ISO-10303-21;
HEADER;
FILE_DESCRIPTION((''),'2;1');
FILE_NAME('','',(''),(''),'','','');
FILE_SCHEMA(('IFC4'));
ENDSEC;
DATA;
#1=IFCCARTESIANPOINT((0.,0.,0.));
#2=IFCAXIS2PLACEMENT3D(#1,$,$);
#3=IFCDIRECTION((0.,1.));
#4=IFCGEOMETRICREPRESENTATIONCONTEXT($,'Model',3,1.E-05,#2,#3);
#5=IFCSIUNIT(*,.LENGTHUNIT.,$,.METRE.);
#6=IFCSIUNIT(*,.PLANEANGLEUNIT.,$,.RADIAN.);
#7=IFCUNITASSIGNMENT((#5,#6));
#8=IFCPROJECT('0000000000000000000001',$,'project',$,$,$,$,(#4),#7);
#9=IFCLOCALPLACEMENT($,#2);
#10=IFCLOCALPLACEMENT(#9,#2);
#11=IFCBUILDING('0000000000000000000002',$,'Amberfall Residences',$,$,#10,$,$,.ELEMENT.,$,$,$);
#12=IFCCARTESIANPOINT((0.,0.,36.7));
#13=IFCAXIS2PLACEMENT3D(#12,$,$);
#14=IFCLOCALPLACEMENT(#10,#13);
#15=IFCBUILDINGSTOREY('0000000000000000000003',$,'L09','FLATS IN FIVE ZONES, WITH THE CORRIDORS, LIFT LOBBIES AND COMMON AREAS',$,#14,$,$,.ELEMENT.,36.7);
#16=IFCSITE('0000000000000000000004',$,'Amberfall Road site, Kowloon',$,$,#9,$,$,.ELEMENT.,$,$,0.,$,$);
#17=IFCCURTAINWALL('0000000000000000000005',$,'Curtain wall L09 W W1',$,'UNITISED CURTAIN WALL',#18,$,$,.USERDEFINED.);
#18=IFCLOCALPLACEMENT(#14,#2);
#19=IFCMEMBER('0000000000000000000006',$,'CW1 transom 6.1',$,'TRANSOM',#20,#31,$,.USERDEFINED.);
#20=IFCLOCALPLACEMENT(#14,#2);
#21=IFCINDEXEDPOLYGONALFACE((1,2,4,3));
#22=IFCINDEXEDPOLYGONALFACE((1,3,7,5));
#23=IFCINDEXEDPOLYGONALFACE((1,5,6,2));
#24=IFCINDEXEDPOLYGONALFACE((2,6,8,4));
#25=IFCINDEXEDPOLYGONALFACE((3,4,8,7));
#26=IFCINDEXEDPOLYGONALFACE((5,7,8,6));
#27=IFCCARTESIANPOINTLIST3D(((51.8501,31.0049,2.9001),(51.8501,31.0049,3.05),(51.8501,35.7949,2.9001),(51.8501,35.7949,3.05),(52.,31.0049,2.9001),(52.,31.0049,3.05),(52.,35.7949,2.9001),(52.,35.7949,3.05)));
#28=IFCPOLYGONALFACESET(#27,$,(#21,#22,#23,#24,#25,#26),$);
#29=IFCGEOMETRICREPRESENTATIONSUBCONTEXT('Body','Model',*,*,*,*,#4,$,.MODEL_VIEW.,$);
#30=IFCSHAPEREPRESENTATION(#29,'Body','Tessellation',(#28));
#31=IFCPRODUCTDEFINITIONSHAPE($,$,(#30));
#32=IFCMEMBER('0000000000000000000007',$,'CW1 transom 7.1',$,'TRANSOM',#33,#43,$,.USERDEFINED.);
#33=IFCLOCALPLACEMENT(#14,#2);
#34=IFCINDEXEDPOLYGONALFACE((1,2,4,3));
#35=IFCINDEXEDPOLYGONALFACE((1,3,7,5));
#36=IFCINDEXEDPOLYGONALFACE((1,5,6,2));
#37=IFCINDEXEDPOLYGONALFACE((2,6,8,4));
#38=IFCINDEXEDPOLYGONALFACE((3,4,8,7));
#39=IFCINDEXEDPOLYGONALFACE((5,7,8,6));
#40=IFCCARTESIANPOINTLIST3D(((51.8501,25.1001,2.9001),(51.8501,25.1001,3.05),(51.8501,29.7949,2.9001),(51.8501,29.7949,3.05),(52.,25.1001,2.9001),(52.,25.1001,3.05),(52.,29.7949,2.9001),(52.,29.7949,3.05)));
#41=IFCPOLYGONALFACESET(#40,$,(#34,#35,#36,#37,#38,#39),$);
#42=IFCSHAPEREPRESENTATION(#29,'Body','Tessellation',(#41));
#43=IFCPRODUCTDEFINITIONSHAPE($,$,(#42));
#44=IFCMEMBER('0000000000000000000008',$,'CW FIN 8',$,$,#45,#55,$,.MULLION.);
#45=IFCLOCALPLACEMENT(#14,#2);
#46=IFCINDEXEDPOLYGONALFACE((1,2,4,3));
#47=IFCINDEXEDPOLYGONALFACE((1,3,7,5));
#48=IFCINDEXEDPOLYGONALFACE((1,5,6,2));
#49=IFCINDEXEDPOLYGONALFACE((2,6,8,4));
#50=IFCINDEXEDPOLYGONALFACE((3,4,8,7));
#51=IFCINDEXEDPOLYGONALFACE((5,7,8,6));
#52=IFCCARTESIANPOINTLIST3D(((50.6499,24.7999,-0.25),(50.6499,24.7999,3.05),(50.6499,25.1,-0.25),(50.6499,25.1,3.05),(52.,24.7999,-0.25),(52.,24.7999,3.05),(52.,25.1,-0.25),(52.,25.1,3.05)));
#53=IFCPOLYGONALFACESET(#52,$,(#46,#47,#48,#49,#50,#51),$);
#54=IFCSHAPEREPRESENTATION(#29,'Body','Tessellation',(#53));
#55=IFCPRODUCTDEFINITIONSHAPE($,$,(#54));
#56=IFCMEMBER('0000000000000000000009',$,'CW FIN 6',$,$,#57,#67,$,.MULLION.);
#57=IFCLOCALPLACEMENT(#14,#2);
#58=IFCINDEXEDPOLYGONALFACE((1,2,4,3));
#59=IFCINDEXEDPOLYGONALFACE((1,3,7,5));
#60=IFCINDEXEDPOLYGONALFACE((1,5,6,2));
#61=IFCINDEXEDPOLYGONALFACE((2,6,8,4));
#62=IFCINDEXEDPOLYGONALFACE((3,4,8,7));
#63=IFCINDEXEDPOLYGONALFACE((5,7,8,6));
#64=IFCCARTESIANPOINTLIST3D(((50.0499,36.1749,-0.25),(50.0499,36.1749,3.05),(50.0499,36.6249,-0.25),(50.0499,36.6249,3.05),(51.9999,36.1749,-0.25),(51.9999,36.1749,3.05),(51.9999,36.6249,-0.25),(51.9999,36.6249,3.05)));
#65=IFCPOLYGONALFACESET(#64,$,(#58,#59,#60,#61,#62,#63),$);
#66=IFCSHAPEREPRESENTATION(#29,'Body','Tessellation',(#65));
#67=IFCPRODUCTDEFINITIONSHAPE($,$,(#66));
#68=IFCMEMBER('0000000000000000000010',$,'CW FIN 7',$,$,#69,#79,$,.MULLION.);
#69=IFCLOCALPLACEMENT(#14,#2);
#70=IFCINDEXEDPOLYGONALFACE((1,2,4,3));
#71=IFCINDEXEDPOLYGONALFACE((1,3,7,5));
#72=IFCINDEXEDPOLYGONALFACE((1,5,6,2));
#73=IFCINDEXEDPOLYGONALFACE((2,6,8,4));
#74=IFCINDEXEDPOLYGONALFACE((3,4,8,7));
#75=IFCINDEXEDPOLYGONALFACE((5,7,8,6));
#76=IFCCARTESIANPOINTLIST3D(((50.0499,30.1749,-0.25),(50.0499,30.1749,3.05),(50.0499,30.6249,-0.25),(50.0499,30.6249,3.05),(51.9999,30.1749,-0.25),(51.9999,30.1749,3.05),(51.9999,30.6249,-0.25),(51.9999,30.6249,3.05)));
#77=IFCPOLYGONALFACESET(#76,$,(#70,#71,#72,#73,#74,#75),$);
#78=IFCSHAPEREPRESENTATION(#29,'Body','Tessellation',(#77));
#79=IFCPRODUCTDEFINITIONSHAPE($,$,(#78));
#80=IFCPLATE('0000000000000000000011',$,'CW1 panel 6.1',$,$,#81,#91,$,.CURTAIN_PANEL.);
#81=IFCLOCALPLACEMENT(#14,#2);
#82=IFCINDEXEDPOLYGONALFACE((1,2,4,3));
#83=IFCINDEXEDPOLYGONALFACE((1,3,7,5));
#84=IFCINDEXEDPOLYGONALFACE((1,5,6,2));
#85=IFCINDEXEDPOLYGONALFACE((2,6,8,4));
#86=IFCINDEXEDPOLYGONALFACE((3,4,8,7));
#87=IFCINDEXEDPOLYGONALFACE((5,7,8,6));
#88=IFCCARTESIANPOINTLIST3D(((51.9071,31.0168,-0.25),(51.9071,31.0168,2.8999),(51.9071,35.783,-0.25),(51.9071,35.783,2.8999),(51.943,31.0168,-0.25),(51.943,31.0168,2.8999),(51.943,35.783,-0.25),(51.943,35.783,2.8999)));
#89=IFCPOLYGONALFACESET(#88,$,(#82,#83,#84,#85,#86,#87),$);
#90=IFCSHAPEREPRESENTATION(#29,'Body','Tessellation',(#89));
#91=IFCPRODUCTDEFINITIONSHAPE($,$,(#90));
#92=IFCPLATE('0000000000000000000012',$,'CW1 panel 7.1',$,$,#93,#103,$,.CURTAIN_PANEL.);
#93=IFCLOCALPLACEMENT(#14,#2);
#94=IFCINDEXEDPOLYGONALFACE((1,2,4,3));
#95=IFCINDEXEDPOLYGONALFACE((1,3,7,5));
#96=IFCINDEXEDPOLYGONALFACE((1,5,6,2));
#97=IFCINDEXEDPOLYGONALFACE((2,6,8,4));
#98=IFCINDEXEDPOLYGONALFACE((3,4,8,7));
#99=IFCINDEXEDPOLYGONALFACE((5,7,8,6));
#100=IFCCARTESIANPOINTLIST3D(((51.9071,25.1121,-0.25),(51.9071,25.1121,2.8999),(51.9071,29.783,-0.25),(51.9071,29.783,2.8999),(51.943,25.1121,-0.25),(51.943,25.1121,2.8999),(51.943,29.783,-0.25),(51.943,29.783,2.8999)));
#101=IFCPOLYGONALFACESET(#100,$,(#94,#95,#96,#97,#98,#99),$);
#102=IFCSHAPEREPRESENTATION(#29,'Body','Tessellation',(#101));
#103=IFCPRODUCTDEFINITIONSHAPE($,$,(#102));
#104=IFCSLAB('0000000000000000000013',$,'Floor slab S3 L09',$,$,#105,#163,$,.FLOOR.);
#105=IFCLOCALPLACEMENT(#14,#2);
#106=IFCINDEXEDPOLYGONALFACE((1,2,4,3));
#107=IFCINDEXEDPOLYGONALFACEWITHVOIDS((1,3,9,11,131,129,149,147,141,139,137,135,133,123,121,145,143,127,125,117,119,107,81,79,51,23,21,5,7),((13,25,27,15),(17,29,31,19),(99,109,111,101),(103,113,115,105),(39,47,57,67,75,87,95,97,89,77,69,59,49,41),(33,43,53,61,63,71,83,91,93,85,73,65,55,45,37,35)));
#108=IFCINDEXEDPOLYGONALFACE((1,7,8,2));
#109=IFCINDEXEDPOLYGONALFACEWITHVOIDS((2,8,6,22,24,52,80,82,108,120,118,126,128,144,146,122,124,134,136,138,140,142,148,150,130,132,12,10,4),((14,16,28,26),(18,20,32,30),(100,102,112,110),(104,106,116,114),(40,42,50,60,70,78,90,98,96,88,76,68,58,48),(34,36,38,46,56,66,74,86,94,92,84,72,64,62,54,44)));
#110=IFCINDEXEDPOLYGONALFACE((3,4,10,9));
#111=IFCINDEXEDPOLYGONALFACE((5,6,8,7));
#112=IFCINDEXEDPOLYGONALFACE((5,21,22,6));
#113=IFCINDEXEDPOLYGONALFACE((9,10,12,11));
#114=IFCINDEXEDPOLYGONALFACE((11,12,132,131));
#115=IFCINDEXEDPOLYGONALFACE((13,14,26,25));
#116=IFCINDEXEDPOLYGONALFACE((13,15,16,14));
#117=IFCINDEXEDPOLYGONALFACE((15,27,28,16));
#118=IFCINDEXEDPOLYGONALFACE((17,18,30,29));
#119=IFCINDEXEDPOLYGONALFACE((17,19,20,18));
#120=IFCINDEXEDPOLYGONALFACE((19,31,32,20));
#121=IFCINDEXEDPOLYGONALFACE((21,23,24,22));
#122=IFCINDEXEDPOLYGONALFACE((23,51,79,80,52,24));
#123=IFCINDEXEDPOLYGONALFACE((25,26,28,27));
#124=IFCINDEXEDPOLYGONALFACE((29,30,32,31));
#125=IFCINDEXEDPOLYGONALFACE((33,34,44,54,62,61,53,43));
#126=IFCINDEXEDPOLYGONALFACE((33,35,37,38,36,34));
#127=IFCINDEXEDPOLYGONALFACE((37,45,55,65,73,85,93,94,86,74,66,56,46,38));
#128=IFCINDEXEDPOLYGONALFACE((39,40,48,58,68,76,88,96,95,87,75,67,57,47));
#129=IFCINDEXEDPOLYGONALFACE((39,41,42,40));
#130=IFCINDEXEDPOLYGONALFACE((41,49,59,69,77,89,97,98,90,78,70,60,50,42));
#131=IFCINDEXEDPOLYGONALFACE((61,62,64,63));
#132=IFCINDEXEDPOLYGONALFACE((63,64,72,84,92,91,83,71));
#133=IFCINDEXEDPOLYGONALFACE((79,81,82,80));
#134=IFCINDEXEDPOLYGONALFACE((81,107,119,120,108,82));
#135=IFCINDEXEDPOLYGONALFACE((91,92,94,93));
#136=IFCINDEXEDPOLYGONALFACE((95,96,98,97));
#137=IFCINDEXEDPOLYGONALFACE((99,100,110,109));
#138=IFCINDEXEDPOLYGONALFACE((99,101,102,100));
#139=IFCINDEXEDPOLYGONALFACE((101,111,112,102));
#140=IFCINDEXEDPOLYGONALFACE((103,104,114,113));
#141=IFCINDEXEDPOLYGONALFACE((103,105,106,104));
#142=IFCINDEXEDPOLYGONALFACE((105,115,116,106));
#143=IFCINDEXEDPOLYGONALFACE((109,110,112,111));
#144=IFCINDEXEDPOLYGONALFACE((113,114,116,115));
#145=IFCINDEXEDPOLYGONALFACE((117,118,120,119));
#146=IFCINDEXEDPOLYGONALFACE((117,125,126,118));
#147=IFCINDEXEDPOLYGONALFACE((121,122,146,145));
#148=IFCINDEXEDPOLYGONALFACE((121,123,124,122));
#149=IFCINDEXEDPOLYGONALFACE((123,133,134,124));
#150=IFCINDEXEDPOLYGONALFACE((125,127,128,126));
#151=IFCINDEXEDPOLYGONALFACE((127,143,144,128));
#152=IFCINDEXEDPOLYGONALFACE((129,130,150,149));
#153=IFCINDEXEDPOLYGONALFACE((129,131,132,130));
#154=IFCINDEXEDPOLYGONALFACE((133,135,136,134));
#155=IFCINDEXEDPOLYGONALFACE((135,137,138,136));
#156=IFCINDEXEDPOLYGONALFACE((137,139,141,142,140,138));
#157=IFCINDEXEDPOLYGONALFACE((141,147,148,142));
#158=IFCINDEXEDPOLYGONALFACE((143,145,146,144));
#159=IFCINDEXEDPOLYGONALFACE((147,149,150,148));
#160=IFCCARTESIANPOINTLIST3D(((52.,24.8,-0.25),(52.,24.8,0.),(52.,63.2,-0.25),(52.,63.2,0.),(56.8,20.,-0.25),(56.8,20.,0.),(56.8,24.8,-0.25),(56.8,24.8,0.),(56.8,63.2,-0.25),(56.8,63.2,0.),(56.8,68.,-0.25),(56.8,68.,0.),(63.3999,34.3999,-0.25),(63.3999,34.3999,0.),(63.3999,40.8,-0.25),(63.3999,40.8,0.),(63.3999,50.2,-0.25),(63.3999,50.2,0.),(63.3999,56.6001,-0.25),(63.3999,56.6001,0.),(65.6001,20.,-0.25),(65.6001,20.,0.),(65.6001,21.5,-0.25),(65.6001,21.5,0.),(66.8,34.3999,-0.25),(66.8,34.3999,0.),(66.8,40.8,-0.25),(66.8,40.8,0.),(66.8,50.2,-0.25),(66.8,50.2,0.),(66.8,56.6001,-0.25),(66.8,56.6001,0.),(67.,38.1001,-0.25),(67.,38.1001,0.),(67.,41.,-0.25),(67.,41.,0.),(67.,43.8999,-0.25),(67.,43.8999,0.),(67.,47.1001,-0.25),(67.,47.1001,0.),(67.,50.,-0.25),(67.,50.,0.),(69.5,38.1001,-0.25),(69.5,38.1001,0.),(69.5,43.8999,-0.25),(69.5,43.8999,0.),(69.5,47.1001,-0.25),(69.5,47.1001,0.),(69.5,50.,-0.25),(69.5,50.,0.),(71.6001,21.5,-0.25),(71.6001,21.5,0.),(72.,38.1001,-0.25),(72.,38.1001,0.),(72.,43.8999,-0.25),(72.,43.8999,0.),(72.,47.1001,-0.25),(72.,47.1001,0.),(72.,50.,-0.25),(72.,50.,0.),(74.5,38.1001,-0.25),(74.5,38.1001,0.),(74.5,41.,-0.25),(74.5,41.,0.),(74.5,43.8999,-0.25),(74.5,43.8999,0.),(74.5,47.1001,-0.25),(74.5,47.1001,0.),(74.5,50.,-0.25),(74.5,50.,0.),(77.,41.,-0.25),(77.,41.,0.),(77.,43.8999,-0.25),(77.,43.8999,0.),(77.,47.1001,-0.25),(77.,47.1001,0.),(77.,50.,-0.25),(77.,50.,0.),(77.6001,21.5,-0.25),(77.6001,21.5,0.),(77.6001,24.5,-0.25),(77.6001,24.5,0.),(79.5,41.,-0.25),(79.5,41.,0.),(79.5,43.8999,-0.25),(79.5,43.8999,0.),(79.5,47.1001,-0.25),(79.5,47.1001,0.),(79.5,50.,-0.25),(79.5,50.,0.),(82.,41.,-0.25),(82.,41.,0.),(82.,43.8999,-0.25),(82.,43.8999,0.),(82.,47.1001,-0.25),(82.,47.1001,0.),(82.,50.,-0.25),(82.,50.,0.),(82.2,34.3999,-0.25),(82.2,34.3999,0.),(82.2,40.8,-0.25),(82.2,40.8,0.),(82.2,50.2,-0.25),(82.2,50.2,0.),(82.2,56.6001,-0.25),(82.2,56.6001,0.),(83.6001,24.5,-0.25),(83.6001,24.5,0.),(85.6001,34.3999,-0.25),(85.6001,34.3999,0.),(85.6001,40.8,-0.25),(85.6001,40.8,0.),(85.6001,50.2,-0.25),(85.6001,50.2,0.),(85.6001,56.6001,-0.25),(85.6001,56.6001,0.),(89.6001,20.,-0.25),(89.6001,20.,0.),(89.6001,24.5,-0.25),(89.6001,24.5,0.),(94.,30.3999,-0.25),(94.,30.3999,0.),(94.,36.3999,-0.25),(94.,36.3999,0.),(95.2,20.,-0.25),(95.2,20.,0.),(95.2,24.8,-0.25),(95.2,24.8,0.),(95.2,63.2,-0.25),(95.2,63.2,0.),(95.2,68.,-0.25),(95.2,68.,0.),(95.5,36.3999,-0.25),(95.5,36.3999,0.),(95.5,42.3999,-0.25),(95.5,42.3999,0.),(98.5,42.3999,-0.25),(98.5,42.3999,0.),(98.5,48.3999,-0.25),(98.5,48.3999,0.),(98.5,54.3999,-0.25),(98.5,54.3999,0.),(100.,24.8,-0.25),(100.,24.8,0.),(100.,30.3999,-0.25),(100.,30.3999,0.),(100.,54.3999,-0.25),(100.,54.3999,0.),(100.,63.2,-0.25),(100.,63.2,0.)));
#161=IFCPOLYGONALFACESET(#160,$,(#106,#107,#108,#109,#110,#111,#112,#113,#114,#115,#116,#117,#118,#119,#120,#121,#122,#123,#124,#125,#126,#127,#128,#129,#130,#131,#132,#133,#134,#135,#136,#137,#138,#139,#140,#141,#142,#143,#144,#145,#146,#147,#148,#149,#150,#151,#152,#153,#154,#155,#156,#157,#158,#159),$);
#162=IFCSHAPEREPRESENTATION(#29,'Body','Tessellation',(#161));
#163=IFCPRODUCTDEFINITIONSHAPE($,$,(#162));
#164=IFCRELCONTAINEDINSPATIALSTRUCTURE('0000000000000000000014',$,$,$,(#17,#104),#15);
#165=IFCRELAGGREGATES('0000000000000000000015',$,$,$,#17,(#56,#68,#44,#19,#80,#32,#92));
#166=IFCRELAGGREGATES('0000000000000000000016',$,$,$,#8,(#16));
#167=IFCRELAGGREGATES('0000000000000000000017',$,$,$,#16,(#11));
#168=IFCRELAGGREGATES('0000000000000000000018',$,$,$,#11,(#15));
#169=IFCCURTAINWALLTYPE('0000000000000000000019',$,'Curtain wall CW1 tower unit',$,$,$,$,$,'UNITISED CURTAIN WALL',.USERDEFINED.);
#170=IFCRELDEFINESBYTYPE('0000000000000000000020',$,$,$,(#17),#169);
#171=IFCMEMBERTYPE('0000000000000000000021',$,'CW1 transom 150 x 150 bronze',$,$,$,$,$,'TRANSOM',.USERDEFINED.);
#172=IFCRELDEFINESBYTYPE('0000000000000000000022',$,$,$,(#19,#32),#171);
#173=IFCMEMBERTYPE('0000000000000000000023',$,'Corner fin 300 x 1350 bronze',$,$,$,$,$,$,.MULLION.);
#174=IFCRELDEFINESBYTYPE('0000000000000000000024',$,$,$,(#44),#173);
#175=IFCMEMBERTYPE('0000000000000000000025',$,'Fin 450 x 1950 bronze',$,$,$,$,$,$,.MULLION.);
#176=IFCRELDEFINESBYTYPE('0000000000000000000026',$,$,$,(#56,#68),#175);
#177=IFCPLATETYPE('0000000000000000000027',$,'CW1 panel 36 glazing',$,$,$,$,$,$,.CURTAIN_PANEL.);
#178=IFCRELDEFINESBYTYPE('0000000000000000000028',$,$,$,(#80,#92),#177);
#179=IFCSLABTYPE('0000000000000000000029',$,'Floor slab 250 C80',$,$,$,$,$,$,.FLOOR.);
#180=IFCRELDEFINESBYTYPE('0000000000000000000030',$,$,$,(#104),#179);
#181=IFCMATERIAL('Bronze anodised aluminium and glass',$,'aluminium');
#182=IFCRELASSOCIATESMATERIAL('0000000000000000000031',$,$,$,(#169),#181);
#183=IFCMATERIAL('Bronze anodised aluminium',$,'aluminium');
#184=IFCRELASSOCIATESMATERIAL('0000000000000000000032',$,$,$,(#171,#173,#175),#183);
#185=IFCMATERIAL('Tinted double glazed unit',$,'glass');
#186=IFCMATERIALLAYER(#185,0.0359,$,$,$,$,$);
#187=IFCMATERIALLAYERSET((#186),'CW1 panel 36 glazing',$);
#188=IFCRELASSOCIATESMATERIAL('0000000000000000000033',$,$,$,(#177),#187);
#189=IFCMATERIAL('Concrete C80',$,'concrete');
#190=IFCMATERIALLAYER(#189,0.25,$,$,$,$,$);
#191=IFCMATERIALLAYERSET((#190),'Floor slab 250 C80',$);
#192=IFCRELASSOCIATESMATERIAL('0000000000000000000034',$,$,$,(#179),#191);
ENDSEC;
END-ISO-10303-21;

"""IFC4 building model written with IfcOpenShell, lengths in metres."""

from ifc_helpers import new_model, si_unit, direction, frame, origin, origin_2d, place, context, subcontext, project, spatial, polyline, rectangle, outline, extrude, material, layer, layer_set, material_profile, profile_set, type_object, element, aggregate, save


model = new_model("IFC4")

# Units and contexts
model_context = context("Model", 3, precision=1e-05, world=origin(), true_north=direction((0.0, 1.0)))
body_context = subcontext(model_context, "Body", "Model", "MODEL_VIEW")
ifc_project = project(units=[si_unit("LENGTHUNIT", "METRE"), si_unit("PLANEANGLEUNIT", "RADIAN")], contexts=[model_context])

# Site, building, storey
site_placement = place(None, origin())
site = spatial("IfcSite", under=ifc_project, at=site_placement, Name="Amberfall Road site, Kowloon", CompositionType="ELEMENT", RefElevation=0.0)
building_placement = place(site_placement, origin())
building = spatial("IfcBuilding", under=site, at=building_placement, Name="Amberfall Residences", CompositionType="ELEMENT")
storey_placement = place(building_placement, frame((0.0, 0.0, 36.7)))
storey = spatial("IfcBuildingStorey", under=building, at=storey_placement, Name="L09", Description="FLATS IN FIVE ZONES, WITH THE CORRIDORS, LIFT LOBBIES AND COMMON AREAS", CompositionType="ELEMENT", Elevation=36.7)

# Curtain wall, members, plates
ifc_material_1 = material(Name="Bronze anodised aluminium and glass", Category="aluminium")
curtain_wall_type = type_object("IfcCurtainWallType", Name="Curtain wall CW1 tower unit", ElementType="UNITISED CURTAIN WALL", PredefinedType="USERDEFINED", material=ifc_material_1)
curtain_wall_placement = place(storey_placement, origin())
curtain_wall = element("IfcCurtainWall", 1, at=curtain_wall_placement, inside=storey, type_object=curtain_wall_type, Name="Curtain wall L09 W W1", ObjectType="UNITISED CURTAIN WALL", PredefinedType="USERDEFINED")
ifc_material_2 = material(Name="Bronze anodised aluminium", Category="aluminium")
ifc_material_profile_1 = material_profile(ifc_material_2, rectangle(XDim=0.1499, YDim=0.1499, at=origin_2d()), Name="CW1 transom 150 x 150 bronze")
ifc_profile_set_1 = profile_set([ifc_material_profile_1], Name="Bronze anodised aluminium")
member_type_1 = type_object("IfcMemberType", Name="CW1 transom 150 x 150 bronze", ElementType="TRANSOM", PredefinedType="USERDEFINED", material=ifc_profile_set_1)
member_1_placement = place(storey_placement, frame((51.925, 35.7949, 2.9751), z_axis=(0.0, -1.0, 0.0), x_axis=(1.0, 0.0, 0.0)))
member_1 = element("IfcMember", 2, at=member_1_placement, type_object=member_type_1, Name="CW1 transom 6.1", ObjectType="TRANSOM", PredefinedType="USERDEFINED", context=body_context, shape_type="SweptSolid", body=[
    extrude(rectangle(XDim=0.1499, YDim=0.1499, at=origin_2d()), origin(), (0.0, 0.0, 1.0), 4.79),
])
member_2_placement = place(storey_placement, frame((51.925, 29.7949, 2.9751), z_axis=(0.0, -1.0, 0.0), x_axis=(1.0, 0.0, 0.0)))
member_2 = element("IfcMember", 3, at=member_2_placement, type_object=member_type_1, Name="CW1 transom 7.1", ObjectType="TRANSOM", PredefinedType="USERDEFINED", context=body_context, shape_type="SweptSolid", body=[
    extrude(rectangle(XDim=0.1499, YDim=0.1499, at=origin_2d()), origin(), (0.0, 0.0, 1.0), 4.6948),
])
ifc_material_profile_2 = material_profile(ifc_material_2, rectangle(XDim=1.3501, YDim=0.3, at=origin_2d()), Name="Corner fin 300 x 1350 bronze")
ifc_profile_set_2 = profile_set([ifc_material_profile_2], Name="Bronze anodised aluminium")
member_type_2 = type_object("IfcMemberType", Name="Corner fin 300 x 1350 bronze", PredefinedType="MULLION", material=ifc_profile_set_2)
member_3_placement = place(storey_placement, frame((51.325, 24.95, -0.25), z_axis=(0.0, 0.0, 1.0), x_axis=(1.0, 0.0, 0.0)))
member_3 = element("IfcMember", 4, at=member_3_placement, type_object=member_type_2, Name="CW FIN 8", PredefinedType="MULLION", context=body_context, shape_type="SweptSolid", body=[
    extrude(rectangle(XDim=1.3501, YDim=0.3, at=origin_2d()), origin(), (0.0, 0.0, 1.0), 3.3),
])
ifc_material_profile_3 = material_profile(ifc_material_2, rectangle(XDim=1.95, YDim=0.45, at=origin_2d()), Name="Fin 450 x 1950 bronze")
ifc_profile_set_3 = profile_set([ifc_material_profile_3], Name="Bronze anodised aluminium")
member_type_3 = type_object("IfcMemberType", Name="Fin 450 x 1950 bronze", PredefinedType="MULLION", material=ifc_profile_set_3)
member_4_placement = place(storey_placement, frame((51.0249, 36.3999, -0.25), z_axis=(0.0, 0.0, 1.0), x_axis=(1.0, 0.0, 0.0)))
member_4 = element("IfcMember", 5, at=member_4_placement, type_object=member_type_3, Name="CW FIN 6", PredefinedType="MULLION", context=body_context, shape_type="SweptSolid", body=[
    extrude(rectangle(XDim=1.95, YDim=0.45, at=origin_2d()), origin(), (0.0, 0.0, 1.0), 3.3),
])
member_5_placement = place(storey_placement, frame((51.0249, 30.3999, -0.25), z_axis=(0.0, 0.0, 1.0), x_axis=(1.0, 0.0, 0.0)))
member_5 = element("IfcMember", 6, at=member_5_placement, type_object=member_type_3, Name="CW FIN 7", PredefinedType="MULLION", context=body_context, shape_type="SweptSolid", body=[
    extrude(rectangle(XDim=1.95, YDim=0.45, at=origin_2d()), origin(), (0.0, 0.0, 1.0), 3.3),
])
ifc_material_3 = material(Name="Tinted double glazed unit", Category="glass")
ifc_layer_1 = layer(ifc_material_3, 0.0359)
ifc_layer_set_1 = layer_set([ifc_layer_1], Name="CW1 panel 36 glazing")
plate_type = type_object("IfcPlateType", Name="CW1 panel 36 glazing", PredefinedType="CURTAIN_PANEL", material=ifc_layer_set_1)
plate_1_placement = place(storey_placement, frame((51.925, 33.3999, -0.25), z_axis=(0.0, 0.0, 1.0), x_axis=(0.0, -1.0, 0.0)))
plate_1 = element("IfcPlate", 7, at=plate_1_placement, type_object=plate_type, Name="CW1 panel 6.1", PredefinedType="CURTAIN_PANEL", context=body_context, shape_type="SweptSolid", body=[
    extrude(rectangle(XDim=4.7661, YDim=0.0359, at=origin_2d()), origin(), (0.0, 0.0, 1.0), 3.1499),
])
plate_2_placement = place(storey_placement, frame((51.925, 27.4475, -0.25), z_axis=(0.0, 0.0, 1.0), x_axis=(0.0, -1.0, 0.0)))
plate_2 = element("IfcPlate", 8, at=plate_2_placement, type_object=plate_type, Name="CW1 panel 7.1", PredefinedType="CURTAIN_PANEL", context=body_context, shape_type="SweptSolid", body=[
    extrude(rectangle(XDim=4.6709, YDim=0.0359, at=origin_2d()), origin(), (0.0, 0.0, 1.0), 3.1499),
])
aggregate(curtain_wall, [member_4, member_5, member_3, member_1, plate_1, member_2, plate_2])

# Slab
ifc_material_4 = material(Name="Concrete C80", Category="concrete")
ifc_layer_2 = layer(ifc_material_4, 0.25)
ifc_layer_set_2 = layer_set([ifc_layer_2], Name="Floor slab 250 C80")
slab_type_1 = type_object("IfcSlabType", Name="Floor slab 250 C80", PredefinedType="FLOOR", material=ifc_layer_set_2)
slab_1_placement = place(storey_placement, frame((0.0, 0.0, -0.25)))
element("IfcSlab", 9, at=slab_1_placement, inside=storey, type_object=slab_type_1, Name="Floor slab S3 L09", PredefinedType="FLOOR", context=body_context, shape_type="SweptSolid", body=[
    extrude(outline(polyline([(89.6001, 20.0), (89.6001, 24.5), (83.6001, 24.5), (77.6001, 24.5), (77.6001, 21.5), (71.6001, 21.5), (65.6001, 21.5), (65.6001, 20.0), (56.8, 20.0), (56.8, 24.8), (52.0, 24.8), (52.0, 63.2), (56.8, 63.2), (56.8, 68.0), (95.2, 68.0), (95.2, 63.2), (100.0, 63.2), (100.0, 54.3999), (98.5, 54.3999), (98.5, 48.3999), (98.5, 42.3999), (95.5, 42.3999), (95.5, 36.3999), (94.0, 36.3999), (94.0, 30.3999), (100.0, 30.3999), (100.0, 24.8), (95.2, 24.8), (95.2, 20.0), (89.6001, 20.0)]), holes=[polyline([(85.6001, 34.3999), (85.6001, 40.8), (82.2, 40.8), (82.2, 34.3999), (85.6001, 34.3999)]), polyline([(82.2, 50.2), (85.6001, 50.2), (85.6001, 56.6001), (82.2, 56.6001), (82.2, 50.2)]), polyline([(69.5, 50.0), (67.0, 50.0), (67.0, 47.1001), (69.5, 47.1001), (72.0, 47.1001), (74.5, 47.1001), (77.0, 47.1001), (79.5, 47.1001), (82.0, 47.1001), (82.0, 50.0), (79.5, 50.0), (77.0, 50.0), (74.5, 50.0), (72.0, 50.0), (69.5, 50.0)]), polyline([(74.5, 41.0), (77.0, 41.0), (79.5, 41.0), (82.0, 41.0), (82.0, 43.8999), (79.5, 43.8999), (77.0, 43.8999), (74.5, 43.8999), (72.0, 43.8999), (69.5, 43.8999), (67.0, 43.8999), (67.0, 41.0), (67.0, 38.1001), (69.5, 38.1001), (72.0, 38.1001), (74.5, 38.1001), (74.5, 41.0)]), polyline([(66.8, 34.3999), (66.8, 40.8), (63.3999, 40.8), (63.3999, 34.3999), (66.8, 34.3999)]), polyline([(66.8, 50.2), (66.8, 56.6001), (63.3999, 56.6001), (63.3999, 50.2), (66.8, 50.2)])]), origin(), (0.0, 0.0, 1.0), 0.25),
])

save(model, "model.ifc")
